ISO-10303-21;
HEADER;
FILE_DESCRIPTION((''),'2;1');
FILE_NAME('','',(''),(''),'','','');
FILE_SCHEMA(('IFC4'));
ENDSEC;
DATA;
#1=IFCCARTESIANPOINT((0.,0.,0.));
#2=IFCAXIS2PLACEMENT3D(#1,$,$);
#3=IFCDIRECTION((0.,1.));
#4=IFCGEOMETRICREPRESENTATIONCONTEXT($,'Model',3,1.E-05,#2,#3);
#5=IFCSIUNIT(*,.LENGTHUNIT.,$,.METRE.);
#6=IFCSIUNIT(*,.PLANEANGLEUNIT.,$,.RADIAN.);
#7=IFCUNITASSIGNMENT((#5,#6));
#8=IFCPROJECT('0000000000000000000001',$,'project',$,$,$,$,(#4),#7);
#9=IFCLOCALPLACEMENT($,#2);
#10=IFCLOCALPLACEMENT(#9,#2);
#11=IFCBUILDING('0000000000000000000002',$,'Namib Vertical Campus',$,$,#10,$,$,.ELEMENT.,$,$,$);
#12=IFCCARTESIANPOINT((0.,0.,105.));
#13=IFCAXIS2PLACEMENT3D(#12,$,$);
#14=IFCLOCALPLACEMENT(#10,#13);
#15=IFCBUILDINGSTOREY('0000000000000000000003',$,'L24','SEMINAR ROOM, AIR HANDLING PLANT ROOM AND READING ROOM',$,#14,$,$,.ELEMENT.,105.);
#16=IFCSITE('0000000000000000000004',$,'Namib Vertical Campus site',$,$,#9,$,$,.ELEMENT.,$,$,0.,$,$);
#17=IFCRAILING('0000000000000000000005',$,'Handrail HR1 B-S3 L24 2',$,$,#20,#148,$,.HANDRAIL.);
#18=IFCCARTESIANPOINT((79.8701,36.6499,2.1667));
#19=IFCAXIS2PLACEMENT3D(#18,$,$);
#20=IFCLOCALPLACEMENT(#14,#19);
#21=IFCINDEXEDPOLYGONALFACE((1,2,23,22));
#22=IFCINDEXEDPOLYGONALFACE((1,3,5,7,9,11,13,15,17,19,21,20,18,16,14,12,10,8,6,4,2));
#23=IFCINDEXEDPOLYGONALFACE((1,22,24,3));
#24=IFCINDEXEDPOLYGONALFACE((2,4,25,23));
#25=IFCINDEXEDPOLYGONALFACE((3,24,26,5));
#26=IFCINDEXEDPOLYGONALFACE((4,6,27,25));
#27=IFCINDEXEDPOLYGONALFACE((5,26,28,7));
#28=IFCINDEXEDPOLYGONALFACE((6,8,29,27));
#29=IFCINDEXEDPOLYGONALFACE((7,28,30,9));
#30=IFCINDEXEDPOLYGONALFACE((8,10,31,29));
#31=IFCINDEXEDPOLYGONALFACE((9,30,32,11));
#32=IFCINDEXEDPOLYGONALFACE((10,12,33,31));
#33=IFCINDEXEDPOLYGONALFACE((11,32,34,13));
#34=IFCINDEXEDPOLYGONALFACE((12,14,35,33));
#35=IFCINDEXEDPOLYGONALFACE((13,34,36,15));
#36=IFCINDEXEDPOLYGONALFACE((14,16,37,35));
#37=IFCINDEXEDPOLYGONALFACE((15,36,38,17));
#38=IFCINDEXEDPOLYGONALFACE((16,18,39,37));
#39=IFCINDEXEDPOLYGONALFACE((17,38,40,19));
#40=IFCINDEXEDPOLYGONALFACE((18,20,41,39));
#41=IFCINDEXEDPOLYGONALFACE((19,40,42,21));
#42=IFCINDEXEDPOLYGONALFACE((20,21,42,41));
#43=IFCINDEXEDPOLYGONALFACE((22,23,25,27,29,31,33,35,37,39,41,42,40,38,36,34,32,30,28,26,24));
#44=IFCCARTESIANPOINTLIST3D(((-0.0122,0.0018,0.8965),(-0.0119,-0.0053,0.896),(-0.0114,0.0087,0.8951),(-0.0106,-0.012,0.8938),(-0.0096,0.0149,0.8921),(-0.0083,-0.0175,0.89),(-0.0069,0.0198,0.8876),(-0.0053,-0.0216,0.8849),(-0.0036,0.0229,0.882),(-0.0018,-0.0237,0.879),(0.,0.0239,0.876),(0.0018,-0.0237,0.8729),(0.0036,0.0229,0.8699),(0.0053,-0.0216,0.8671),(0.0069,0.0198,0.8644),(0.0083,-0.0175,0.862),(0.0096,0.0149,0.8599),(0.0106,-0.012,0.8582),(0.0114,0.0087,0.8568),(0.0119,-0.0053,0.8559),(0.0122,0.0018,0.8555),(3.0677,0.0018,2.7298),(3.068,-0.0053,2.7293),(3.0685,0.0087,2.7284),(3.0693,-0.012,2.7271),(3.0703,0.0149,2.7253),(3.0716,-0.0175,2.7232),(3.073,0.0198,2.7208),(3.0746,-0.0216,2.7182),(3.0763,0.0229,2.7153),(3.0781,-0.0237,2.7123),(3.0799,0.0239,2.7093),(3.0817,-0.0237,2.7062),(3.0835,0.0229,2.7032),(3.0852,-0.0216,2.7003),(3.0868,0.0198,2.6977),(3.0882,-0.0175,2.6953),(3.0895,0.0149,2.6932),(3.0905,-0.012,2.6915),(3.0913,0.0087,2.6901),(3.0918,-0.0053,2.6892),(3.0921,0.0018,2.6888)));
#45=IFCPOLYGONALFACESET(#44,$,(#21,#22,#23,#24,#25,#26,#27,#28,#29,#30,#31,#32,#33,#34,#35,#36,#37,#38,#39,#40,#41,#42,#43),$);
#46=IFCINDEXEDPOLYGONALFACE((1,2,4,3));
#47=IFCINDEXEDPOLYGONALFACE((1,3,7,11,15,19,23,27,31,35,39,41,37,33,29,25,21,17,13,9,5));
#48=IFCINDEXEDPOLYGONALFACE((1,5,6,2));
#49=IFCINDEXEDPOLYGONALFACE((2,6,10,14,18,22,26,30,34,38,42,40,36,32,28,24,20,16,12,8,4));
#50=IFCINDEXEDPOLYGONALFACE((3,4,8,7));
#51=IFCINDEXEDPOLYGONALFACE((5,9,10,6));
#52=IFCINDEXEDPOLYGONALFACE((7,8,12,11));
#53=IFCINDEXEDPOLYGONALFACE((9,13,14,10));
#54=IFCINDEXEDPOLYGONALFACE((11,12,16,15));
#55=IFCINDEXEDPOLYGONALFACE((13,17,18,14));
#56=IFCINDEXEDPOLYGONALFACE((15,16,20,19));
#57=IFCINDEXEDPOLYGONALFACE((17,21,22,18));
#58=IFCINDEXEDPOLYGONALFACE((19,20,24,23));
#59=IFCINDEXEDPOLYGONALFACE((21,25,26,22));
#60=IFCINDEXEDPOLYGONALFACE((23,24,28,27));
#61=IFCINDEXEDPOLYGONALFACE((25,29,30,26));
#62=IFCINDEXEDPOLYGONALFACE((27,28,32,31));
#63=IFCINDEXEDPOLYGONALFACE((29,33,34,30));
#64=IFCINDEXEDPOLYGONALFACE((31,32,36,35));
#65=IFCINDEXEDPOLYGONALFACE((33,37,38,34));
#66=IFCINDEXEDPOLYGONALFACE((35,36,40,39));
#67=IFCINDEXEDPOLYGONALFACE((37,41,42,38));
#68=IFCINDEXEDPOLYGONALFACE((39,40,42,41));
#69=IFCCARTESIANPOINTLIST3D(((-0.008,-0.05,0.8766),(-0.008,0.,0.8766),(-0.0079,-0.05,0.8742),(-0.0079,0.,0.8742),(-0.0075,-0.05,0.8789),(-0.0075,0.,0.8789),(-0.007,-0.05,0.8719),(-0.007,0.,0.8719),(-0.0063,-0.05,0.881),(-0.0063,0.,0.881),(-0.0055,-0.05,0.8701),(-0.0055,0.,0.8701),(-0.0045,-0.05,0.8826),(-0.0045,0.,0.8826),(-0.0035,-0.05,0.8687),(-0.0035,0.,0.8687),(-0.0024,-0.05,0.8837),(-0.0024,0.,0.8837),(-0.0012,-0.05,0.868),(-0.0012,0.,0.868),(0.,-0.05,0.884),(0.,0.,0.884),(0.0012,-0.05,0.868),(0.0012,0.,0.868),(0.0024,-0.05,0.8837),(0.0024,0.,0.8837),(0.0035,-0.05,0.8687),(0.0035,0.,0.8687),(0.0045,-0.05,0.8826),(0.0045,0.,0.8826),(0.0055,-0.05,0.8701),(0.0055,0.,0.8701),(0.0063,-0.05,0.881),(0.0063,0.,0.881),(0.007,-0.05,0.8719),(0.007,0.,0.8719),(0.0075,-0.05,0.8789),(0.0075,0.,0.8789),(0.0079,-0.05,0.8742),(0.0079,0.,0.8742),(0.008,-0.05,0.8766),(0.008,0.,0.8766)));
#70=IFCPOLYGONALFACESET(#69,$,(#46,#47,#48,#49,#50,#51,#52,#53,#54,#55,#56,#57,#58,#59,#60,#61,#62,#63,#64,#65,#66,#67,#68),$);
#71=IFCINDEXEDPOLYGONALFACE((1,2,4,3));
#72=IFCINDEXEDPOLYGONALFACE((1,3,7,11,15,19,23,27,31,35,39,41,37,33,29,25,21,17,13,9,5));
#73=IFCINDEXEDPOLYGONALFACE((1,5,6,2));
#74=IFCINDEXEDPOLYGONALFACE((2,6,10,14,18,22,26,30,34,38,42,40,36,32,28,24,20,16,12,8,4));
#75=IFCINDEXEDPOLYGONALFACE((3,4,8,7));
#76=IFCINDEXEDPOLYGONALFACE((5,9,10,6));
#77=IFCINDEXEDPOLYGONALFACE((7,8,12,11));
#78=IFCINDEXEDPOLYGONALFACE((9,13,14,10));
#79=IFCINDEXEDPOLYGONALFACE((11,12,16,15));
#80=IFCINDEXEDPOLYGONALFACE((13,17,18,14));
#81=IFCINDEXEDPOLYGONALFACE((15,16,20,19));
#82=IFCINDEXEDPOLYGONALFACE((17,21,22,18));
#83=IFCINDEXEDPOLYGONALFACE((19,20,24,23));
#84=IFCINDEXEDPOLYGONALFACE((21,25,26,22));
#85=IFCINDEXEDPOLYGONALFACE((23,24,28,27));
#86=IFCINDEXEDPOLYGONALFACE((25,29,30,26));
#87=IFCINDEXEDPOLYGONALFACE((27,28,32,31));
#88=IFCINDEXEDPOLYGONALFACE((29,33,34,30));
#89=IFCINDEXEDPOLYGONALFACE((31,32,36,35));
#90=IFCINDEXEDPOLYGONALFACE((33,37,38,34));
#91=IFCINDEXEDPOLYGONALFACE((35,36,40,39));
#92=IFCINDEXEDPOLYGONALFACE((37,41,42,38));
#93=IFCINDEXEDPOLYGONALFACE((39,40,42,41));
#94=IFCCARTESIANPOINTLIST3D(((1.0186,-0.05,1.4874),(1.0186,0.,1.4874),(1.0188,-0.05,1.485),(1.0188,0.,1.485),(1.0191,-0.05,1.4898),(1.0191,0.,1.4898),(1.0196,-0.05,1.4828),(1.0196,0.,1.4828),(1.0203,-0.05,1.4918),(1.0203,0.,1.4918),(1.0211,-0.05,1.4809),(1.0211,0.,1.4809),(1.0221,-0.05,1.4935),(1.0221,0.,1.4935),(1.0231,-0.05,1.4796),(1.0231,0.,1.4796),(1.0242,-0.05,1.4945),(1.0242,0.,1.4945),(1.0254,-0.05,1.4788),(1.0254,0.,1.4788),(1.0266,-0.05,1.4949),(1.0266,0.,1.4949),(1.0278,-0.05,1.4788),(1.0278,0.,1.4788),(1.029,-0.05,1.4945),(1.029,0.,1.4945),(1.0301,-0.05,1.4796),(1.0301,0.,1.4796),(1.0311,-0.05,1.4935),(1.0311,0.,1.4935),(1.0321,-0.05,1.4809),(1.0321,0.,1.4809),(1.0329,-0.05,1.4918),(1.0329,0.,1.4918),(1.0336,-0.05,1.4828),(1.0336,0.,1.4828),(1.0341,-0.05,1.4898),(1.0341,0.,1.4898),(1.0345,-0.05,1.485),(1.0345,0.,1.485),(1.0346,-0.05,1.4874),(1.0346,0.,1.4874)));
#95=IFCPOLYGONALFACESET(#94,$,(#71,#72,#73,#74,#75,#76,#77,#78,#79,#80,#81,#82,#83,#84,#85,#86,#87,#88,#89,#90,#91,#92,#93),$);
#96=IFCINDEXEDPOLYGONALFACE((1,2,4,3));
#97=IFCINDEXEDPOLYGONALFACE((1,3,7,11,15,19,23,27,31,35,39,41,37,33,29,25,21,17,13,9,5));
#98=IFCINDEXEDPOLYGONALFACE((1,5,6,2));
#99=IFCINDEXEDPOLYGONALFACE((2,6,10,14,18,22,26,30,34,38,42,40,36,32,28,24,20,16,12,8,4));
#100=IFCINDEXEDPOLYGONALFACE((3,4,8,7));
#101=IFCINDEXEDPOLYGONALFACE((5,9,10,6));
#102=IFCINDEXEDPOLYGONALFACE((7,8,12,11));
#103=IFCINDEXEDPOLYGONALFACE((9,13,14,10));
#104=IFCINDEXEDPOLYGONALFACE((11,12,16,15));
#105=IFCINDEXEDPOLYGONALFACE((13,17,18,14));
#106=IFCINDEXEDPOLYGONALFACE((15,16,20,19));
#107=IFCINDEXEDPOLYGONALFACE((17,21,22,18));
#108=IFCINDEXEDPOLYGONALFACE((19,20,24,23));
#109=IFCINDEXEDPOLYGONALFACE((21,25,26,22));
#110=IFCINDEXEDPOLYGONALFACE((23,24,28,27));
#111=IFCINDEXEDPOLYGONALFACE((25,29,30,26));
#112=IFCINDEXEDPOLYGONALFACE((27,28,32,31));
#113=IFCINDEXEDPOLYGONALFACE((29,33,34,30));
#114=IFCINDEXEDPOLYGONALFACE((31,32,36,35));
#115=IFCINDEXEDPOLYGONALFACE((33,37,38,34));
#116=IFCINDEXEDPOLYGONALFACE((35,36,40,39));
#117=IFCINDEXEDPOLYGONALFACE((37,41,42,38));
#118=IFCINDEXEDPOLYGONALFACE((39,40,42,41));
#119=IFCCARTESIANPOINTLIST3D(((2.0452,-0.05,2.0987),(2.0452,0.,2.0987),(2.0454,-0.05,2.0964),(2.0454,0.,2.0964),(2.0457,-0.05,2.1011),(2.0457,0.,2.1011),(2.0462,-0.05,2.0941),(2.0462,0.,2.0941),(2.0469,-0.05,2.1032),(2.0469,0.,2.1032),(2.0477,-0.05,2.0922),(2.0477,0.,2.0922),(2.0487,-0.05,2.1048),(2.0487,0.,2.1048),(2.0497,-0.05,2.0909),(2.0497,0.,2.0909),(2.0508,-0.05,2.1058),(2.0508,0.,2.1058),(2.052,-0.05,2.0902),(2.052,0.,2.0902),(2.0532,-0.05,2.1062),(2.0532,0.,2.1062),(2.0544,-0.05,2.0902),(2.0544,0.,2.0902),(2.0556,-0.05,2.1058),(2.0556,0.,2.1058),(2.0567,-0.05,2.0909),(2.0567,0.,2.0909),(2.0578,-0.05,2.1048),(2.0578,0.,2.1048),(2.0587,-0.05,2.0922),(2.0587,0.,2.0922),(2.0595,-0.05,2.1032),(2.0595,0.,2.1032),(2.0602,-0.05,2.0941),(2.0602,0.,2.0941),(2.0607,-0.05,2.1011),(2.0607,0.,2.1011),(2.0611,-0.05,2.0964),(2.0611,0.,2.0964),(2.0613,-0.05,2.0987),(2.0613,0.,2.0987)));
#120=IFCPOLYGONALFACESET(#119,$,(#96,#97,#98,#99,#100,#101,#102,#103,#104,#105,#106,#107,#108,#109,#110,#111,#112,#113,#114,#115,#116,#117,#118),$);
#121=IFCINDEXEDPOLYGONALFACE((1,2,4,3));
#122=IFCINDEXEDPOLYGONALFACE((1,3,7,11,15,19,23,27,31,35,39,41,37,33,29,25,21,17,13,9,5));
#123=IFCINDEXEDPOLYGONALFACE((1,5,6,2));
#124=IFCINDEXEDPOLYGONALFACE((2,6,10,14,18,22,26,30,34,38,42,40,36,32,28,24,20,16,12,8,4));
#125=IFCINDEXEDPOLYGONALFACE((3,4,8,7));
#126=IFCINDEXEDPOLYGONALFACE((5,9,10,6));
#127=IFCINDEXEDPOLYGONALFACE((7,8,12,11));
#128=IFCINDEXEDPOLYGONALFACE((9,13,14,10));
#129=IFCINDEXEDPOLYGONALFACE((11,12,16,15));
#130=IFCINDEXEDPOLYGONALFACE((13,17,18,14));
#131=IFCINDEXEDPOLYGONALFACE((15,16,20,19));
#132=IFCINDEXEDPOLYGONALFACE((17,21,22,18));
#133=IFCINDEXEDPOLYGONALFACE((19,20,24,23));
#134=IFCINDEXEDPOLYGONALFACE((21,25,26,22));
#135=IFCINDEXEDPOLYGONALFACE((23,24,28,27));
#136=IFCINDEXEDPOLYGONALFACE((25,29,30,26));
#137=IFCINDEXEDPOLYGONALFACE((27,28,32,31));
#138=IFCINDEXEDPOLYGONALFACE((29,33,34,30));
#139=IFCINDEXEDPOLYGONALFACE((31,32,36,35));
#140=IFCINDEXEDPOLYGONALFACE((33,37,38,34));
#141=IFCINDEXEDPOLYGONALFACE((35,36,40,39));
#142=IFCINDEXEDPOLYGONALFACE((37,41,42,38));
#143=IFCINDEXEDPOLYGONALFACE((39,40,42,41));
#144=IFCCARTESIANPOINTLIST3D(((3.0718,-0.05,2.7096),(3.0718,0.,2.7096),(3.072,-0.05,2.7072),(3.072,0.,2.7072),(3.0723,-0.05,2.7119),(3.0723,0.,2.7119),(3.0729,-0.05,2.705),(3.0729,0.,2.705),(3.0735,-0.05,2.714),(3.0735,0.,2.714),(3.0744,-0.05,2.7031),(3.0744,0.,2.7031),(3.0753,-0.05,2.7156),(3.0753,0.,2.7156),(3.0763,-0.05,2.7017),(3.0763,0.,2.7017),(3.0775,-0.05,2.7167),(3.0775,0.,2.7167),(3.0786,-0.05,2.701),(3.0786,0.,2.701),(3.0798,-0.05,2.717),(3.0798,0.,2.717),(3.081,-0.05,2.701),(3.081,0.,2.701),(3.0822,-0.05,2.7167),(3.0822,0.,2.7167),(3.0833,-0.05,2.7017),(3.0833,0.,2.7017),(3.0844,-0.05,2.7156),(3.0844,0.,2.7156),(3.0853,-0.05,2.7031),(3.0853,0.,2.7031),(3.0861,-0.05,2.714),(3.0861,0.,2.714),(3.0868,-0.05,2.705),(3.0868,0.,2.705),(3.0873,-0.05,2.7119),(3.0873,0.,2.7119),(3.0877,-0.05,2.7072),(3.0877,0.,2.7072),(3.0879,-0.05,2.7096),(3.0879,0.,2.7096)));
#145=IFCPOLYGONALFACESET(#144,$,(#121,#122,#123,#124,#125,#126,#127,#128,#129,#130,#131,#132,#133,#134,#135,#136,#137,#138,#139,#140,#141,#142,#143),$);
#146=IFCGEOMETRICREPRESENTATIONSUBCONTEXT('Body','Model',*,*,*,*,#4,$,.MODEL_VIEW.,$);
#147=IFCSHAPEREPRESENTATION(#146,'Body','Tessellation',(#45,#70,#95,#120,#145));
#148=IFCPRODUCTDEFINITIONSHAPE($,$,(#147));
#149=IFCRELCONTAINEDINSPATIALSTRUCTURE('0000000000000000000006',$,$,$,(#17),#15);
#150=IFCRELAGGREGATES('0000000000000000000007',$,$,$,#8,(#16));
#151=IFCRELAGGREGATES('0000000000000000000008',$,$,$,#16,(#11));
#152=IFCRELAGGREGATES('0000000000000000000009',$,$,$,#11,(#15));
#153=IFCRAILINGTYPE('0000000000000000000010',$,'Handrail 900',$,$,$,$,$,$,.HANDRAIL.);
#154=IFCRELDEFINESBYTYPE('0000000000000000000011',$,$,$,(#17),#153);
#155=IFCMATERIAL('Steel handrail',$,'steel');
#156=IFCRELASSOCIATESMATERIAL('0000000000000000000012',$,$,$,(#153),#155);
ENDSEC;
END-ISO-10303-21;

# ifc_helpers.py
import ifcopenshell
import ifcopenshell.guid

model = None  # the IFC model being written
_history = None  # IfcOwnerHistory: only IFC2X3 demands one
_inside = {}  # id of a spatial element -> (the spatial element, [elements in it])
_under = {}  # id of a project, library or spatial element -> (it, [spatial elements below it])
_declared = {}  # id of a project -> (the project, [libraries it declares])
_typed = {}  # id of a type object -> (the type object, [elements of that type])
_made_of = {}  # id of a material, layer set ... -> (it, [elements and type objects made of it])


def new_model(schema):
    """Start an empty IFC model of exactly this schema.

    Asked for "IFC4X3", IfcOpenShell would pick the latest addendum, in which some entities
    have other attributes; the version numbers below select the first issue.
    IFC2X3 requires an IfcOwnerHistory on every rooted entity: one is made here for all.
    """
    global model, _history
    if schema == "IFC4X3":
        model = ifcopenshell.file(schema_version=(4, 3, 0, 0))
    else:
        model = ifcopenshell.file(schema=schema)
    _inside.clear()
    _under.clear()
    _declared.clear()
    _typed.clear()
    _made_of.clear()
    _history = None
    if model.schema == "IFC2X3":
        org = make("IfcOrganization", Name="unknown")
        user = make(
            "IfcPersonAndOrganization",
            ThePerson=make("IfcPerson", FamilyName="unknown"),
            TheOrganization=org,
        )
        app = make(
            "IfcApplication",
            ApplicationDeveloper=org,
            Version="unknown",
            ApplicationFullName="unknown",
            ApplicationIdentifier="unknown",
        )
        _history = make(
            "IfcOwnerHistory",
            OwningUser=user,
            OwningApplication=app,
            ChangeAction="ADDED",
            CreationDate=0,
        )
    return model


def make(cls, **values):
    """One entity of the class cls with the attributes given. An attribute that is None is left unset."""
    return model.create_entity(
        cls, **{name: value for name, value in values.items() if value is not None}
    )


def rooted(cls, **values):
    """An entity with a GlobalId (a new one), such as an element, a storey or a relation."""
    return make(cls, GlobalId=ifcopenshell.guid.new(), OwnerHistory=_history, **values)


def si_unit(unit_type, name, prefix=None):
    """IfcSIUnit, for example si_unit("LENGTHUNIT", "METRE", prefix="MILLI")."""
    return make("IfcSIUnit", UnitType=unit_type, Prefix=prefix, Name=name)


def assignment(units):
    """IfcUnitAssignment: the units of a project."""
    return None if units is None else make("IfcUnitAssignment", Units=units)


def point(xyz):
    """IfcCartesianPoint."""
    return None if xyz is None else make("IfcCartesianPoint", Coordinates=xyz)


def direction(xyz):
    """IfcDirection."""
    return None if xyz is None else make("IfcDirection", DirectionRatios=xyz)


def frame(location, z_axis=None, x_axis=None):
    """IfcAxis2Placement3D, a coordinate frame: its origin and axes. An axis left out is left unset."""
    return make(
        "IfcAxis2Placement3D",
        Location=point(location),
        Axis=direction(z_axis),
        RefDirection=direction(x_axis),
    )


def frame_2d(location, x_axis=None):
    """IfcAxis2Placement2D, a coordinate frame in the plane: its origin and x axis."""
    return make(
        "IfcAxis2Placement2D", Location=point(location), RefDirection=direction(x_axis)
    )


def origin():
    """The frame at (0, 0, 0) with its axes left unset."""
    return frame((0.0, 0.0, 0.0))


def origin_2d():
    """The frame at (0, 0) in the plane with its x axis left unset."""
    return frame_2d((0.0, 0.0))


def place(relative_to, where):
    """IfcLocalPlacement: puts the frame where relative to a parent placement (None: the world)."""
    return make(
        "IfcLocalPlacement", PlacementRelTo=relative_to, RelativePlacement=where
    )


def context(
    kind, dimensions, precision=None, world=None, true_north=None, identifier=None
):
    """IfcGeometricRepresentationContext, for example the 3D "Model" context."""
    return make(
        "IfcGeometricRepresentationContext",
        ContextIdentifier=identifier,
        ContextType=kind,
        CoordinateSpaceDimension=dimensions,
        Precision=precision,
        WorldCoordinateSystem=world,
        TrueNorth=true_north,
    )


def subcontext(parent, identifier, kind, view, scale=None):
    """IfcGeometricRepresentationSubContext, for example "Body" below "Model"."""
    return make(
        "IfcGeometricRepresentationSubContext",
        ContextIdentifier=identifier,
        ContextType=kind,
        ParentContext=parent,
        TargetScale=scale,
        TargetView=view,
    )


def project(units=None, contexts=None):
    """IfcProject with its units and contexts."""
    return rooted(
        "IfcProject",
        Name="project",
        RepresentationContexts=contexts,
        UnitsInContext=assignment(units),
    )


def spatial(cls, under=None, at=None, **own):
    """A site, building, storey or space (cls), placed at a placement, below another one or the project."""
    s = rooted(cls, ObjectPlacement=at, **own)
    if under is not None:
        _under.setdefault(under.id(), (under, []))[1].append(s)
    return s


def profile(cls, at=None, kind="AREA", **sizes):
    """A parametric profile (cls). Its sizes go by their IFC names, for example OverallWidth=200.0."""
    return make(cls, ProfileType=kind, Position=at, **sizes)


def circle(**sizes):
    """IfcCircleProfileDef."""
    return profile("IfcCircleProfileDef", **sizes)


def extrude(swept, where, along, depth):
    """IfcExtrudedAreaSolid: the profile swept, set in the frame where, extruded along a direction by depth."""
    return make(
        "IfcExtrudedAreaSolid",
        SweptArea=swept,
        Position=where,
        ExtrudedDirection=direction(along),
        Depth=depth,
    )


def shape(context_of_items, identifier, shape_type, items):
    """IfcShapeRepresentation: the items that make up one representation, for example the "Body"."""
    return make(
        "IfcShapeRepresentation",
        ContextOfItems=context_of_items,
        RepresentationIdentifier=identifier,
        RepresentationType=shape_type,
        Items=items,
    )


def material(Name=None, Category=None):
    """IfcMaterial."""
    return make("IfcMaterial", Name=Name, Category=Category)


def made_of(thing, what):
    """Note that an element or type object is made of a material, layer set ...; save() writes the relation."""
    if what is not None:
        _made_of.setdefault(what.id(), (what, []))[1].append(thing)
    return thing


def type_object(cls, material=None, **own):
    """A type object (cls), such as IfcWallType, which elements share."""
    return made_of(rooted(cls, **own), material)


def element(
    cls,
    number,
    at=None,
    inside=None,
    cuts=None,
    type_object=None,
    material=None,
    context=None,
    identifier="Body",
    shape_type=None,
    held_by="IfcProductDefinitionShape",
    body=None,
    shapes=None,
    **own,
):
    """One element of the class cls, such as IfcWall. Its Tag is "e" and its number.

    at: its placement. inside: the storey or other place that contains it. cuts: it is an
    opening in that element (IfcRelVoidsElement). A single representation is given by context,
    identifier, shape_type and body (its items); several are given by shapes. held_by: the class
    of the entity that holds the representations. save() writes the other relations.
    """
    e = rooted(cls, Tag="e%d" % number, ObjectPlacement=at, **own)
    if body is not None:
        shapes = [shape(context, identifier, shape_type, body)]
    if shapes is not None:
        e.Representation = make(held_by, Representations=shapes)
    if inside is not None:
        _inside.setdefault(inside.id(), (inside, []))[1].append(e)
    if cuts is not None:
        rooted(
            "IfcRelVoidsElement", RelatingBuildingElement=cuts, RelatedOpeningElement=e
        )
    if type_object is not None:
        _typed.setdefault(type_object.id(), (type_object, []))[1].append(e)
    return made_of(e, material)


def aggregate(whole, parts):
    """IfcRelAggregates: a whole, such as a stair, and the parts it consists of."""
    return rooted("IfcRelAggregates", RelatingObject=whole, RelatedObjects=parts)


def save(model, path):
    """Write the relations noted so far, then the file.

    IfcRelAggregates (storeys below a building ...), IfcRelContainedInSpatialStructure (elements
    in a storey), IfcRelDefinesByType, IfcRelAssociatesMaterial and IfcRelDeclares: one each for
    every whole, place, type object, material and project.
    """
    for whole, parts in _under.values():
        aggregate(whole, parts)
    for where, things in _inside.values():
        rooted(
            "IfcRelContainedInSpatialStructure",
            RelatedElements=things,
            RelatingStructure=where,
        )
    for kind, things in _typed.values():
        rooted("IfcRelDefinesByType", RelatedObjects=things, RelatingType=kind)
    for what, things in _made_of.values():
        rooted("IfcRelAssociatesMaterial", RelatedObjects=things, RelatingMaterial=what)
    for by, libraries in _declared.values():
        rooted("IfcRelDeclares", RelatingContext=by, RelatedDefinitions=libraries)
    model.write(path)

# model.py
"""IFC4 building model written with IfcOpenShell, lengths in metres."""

from ifc_helpers import new_model, si_unit, direction, frame, origin, origin_2d, place, context, subcontext, project, spatial, circle, extrude, material, type_object, element, save


model = new_model("IFC4")

# Units and contexts
model_context = context("Model", 3, precision=1e-05, world=origin(), true_north=direction((0.0, 1.0)))
body_context = subcontext(model_context, "Body", "Model", "MODEL_VIEW")
ifc_project = project(units=[si_unit("LENGTHUNIT", "METRE"), si_unit("PLANEANGLEUNIT", "RADIAN")], contexts=[model_context])

# Site, building, storey
site_placement = place(None, origin())
site = spatial("IfcSite", under=ifc_project, at=site_placement, Name="Namib Vertical Campus site", CompositionType="ELEMENT", RefElevation=0.0)
building_placement = place(site_placement, origin())
building = spatial("IfcBuilding", under=site, at=building_placement, Name="Namib Vertical Campus", CompositionType="ELEMENT")
storey_placement = place(building_placement, frame((0.0, 0.0, 105.0)))
storey = spatial("IfcBuildingStorey", under=building, at=storey_placement, Name="L24", Description="SEMINAR ROOM, AIR HANDLING PLANT ROOM AND READING ROOM", CompositionType="ELEMENT", Elevation=105.0)

# Railing
ifc_material_1 = material(Name="Steel handrail", Category="steel")
railing_type_1 = type_object("IfcRailingType", Name="Handrail 900", PredefinedType="HANDRAIL", material=ifc_material_1)
railing_1_placement = place(storey_placement, frame((79.8701, 36.6499, 2.1667)))
element("IfcRailing", 1, at=railing_1_placement, inside=storey, type_object=railing_type_1, Name="Handrail HR1 B-S3 L24 2", PredefinedType="HANDRAIL", context=body_context, shape_type="SweptSolid", body=[
    extrude(circle(Radius=0.0239, at=origin_2d()), frame((0.0, 0.0, 0.876), z_axis=(0.859291, 0.0, 0.511487), x_axis=(0.0, 1.0, 0.0)), (0.0, 0.0, 1.0), 3.5842),
    extrude(circle(Radius=0.0081, at=origin_2d()), frame((0.0, 0.0, 0.876), z_axis=(0.0, -1.0, 0.0), x_axis=(0.0, 0.0, 1.0)), (0.0, 0.0, 1.0), 0.05),
    extrude(circle(Radius=0.0081, at=origin_2d()), frame((1.0266, 0.0, 1.4868), z_axis=(0.0, -1.0, 0.0), x_axis=(0.0, 0.0, 1.0)), (0.0, 0.0, 1.0), 0.05),
    extrude(circle(Radius=0.0081, at=origin_2d()), frame((2.0532, 0.0, 2.0981), z_axis=(0.0, -1.0, 0.0), x_axis=(0.0, 0.0, 1.0)), (0.0, 0.0, 1.0), 0.05),
    extrude(circle(Radius=0.0081, at=origin_2d()), frame((3.0798, 0.0, 2.709), z_axis=(0.0, -1.0, 0.0), x_axis=(0.0, 0.0, 1.0)), (0.0, 0.0, 1.0), 0.05),
])

save(model, "model.ifc")
